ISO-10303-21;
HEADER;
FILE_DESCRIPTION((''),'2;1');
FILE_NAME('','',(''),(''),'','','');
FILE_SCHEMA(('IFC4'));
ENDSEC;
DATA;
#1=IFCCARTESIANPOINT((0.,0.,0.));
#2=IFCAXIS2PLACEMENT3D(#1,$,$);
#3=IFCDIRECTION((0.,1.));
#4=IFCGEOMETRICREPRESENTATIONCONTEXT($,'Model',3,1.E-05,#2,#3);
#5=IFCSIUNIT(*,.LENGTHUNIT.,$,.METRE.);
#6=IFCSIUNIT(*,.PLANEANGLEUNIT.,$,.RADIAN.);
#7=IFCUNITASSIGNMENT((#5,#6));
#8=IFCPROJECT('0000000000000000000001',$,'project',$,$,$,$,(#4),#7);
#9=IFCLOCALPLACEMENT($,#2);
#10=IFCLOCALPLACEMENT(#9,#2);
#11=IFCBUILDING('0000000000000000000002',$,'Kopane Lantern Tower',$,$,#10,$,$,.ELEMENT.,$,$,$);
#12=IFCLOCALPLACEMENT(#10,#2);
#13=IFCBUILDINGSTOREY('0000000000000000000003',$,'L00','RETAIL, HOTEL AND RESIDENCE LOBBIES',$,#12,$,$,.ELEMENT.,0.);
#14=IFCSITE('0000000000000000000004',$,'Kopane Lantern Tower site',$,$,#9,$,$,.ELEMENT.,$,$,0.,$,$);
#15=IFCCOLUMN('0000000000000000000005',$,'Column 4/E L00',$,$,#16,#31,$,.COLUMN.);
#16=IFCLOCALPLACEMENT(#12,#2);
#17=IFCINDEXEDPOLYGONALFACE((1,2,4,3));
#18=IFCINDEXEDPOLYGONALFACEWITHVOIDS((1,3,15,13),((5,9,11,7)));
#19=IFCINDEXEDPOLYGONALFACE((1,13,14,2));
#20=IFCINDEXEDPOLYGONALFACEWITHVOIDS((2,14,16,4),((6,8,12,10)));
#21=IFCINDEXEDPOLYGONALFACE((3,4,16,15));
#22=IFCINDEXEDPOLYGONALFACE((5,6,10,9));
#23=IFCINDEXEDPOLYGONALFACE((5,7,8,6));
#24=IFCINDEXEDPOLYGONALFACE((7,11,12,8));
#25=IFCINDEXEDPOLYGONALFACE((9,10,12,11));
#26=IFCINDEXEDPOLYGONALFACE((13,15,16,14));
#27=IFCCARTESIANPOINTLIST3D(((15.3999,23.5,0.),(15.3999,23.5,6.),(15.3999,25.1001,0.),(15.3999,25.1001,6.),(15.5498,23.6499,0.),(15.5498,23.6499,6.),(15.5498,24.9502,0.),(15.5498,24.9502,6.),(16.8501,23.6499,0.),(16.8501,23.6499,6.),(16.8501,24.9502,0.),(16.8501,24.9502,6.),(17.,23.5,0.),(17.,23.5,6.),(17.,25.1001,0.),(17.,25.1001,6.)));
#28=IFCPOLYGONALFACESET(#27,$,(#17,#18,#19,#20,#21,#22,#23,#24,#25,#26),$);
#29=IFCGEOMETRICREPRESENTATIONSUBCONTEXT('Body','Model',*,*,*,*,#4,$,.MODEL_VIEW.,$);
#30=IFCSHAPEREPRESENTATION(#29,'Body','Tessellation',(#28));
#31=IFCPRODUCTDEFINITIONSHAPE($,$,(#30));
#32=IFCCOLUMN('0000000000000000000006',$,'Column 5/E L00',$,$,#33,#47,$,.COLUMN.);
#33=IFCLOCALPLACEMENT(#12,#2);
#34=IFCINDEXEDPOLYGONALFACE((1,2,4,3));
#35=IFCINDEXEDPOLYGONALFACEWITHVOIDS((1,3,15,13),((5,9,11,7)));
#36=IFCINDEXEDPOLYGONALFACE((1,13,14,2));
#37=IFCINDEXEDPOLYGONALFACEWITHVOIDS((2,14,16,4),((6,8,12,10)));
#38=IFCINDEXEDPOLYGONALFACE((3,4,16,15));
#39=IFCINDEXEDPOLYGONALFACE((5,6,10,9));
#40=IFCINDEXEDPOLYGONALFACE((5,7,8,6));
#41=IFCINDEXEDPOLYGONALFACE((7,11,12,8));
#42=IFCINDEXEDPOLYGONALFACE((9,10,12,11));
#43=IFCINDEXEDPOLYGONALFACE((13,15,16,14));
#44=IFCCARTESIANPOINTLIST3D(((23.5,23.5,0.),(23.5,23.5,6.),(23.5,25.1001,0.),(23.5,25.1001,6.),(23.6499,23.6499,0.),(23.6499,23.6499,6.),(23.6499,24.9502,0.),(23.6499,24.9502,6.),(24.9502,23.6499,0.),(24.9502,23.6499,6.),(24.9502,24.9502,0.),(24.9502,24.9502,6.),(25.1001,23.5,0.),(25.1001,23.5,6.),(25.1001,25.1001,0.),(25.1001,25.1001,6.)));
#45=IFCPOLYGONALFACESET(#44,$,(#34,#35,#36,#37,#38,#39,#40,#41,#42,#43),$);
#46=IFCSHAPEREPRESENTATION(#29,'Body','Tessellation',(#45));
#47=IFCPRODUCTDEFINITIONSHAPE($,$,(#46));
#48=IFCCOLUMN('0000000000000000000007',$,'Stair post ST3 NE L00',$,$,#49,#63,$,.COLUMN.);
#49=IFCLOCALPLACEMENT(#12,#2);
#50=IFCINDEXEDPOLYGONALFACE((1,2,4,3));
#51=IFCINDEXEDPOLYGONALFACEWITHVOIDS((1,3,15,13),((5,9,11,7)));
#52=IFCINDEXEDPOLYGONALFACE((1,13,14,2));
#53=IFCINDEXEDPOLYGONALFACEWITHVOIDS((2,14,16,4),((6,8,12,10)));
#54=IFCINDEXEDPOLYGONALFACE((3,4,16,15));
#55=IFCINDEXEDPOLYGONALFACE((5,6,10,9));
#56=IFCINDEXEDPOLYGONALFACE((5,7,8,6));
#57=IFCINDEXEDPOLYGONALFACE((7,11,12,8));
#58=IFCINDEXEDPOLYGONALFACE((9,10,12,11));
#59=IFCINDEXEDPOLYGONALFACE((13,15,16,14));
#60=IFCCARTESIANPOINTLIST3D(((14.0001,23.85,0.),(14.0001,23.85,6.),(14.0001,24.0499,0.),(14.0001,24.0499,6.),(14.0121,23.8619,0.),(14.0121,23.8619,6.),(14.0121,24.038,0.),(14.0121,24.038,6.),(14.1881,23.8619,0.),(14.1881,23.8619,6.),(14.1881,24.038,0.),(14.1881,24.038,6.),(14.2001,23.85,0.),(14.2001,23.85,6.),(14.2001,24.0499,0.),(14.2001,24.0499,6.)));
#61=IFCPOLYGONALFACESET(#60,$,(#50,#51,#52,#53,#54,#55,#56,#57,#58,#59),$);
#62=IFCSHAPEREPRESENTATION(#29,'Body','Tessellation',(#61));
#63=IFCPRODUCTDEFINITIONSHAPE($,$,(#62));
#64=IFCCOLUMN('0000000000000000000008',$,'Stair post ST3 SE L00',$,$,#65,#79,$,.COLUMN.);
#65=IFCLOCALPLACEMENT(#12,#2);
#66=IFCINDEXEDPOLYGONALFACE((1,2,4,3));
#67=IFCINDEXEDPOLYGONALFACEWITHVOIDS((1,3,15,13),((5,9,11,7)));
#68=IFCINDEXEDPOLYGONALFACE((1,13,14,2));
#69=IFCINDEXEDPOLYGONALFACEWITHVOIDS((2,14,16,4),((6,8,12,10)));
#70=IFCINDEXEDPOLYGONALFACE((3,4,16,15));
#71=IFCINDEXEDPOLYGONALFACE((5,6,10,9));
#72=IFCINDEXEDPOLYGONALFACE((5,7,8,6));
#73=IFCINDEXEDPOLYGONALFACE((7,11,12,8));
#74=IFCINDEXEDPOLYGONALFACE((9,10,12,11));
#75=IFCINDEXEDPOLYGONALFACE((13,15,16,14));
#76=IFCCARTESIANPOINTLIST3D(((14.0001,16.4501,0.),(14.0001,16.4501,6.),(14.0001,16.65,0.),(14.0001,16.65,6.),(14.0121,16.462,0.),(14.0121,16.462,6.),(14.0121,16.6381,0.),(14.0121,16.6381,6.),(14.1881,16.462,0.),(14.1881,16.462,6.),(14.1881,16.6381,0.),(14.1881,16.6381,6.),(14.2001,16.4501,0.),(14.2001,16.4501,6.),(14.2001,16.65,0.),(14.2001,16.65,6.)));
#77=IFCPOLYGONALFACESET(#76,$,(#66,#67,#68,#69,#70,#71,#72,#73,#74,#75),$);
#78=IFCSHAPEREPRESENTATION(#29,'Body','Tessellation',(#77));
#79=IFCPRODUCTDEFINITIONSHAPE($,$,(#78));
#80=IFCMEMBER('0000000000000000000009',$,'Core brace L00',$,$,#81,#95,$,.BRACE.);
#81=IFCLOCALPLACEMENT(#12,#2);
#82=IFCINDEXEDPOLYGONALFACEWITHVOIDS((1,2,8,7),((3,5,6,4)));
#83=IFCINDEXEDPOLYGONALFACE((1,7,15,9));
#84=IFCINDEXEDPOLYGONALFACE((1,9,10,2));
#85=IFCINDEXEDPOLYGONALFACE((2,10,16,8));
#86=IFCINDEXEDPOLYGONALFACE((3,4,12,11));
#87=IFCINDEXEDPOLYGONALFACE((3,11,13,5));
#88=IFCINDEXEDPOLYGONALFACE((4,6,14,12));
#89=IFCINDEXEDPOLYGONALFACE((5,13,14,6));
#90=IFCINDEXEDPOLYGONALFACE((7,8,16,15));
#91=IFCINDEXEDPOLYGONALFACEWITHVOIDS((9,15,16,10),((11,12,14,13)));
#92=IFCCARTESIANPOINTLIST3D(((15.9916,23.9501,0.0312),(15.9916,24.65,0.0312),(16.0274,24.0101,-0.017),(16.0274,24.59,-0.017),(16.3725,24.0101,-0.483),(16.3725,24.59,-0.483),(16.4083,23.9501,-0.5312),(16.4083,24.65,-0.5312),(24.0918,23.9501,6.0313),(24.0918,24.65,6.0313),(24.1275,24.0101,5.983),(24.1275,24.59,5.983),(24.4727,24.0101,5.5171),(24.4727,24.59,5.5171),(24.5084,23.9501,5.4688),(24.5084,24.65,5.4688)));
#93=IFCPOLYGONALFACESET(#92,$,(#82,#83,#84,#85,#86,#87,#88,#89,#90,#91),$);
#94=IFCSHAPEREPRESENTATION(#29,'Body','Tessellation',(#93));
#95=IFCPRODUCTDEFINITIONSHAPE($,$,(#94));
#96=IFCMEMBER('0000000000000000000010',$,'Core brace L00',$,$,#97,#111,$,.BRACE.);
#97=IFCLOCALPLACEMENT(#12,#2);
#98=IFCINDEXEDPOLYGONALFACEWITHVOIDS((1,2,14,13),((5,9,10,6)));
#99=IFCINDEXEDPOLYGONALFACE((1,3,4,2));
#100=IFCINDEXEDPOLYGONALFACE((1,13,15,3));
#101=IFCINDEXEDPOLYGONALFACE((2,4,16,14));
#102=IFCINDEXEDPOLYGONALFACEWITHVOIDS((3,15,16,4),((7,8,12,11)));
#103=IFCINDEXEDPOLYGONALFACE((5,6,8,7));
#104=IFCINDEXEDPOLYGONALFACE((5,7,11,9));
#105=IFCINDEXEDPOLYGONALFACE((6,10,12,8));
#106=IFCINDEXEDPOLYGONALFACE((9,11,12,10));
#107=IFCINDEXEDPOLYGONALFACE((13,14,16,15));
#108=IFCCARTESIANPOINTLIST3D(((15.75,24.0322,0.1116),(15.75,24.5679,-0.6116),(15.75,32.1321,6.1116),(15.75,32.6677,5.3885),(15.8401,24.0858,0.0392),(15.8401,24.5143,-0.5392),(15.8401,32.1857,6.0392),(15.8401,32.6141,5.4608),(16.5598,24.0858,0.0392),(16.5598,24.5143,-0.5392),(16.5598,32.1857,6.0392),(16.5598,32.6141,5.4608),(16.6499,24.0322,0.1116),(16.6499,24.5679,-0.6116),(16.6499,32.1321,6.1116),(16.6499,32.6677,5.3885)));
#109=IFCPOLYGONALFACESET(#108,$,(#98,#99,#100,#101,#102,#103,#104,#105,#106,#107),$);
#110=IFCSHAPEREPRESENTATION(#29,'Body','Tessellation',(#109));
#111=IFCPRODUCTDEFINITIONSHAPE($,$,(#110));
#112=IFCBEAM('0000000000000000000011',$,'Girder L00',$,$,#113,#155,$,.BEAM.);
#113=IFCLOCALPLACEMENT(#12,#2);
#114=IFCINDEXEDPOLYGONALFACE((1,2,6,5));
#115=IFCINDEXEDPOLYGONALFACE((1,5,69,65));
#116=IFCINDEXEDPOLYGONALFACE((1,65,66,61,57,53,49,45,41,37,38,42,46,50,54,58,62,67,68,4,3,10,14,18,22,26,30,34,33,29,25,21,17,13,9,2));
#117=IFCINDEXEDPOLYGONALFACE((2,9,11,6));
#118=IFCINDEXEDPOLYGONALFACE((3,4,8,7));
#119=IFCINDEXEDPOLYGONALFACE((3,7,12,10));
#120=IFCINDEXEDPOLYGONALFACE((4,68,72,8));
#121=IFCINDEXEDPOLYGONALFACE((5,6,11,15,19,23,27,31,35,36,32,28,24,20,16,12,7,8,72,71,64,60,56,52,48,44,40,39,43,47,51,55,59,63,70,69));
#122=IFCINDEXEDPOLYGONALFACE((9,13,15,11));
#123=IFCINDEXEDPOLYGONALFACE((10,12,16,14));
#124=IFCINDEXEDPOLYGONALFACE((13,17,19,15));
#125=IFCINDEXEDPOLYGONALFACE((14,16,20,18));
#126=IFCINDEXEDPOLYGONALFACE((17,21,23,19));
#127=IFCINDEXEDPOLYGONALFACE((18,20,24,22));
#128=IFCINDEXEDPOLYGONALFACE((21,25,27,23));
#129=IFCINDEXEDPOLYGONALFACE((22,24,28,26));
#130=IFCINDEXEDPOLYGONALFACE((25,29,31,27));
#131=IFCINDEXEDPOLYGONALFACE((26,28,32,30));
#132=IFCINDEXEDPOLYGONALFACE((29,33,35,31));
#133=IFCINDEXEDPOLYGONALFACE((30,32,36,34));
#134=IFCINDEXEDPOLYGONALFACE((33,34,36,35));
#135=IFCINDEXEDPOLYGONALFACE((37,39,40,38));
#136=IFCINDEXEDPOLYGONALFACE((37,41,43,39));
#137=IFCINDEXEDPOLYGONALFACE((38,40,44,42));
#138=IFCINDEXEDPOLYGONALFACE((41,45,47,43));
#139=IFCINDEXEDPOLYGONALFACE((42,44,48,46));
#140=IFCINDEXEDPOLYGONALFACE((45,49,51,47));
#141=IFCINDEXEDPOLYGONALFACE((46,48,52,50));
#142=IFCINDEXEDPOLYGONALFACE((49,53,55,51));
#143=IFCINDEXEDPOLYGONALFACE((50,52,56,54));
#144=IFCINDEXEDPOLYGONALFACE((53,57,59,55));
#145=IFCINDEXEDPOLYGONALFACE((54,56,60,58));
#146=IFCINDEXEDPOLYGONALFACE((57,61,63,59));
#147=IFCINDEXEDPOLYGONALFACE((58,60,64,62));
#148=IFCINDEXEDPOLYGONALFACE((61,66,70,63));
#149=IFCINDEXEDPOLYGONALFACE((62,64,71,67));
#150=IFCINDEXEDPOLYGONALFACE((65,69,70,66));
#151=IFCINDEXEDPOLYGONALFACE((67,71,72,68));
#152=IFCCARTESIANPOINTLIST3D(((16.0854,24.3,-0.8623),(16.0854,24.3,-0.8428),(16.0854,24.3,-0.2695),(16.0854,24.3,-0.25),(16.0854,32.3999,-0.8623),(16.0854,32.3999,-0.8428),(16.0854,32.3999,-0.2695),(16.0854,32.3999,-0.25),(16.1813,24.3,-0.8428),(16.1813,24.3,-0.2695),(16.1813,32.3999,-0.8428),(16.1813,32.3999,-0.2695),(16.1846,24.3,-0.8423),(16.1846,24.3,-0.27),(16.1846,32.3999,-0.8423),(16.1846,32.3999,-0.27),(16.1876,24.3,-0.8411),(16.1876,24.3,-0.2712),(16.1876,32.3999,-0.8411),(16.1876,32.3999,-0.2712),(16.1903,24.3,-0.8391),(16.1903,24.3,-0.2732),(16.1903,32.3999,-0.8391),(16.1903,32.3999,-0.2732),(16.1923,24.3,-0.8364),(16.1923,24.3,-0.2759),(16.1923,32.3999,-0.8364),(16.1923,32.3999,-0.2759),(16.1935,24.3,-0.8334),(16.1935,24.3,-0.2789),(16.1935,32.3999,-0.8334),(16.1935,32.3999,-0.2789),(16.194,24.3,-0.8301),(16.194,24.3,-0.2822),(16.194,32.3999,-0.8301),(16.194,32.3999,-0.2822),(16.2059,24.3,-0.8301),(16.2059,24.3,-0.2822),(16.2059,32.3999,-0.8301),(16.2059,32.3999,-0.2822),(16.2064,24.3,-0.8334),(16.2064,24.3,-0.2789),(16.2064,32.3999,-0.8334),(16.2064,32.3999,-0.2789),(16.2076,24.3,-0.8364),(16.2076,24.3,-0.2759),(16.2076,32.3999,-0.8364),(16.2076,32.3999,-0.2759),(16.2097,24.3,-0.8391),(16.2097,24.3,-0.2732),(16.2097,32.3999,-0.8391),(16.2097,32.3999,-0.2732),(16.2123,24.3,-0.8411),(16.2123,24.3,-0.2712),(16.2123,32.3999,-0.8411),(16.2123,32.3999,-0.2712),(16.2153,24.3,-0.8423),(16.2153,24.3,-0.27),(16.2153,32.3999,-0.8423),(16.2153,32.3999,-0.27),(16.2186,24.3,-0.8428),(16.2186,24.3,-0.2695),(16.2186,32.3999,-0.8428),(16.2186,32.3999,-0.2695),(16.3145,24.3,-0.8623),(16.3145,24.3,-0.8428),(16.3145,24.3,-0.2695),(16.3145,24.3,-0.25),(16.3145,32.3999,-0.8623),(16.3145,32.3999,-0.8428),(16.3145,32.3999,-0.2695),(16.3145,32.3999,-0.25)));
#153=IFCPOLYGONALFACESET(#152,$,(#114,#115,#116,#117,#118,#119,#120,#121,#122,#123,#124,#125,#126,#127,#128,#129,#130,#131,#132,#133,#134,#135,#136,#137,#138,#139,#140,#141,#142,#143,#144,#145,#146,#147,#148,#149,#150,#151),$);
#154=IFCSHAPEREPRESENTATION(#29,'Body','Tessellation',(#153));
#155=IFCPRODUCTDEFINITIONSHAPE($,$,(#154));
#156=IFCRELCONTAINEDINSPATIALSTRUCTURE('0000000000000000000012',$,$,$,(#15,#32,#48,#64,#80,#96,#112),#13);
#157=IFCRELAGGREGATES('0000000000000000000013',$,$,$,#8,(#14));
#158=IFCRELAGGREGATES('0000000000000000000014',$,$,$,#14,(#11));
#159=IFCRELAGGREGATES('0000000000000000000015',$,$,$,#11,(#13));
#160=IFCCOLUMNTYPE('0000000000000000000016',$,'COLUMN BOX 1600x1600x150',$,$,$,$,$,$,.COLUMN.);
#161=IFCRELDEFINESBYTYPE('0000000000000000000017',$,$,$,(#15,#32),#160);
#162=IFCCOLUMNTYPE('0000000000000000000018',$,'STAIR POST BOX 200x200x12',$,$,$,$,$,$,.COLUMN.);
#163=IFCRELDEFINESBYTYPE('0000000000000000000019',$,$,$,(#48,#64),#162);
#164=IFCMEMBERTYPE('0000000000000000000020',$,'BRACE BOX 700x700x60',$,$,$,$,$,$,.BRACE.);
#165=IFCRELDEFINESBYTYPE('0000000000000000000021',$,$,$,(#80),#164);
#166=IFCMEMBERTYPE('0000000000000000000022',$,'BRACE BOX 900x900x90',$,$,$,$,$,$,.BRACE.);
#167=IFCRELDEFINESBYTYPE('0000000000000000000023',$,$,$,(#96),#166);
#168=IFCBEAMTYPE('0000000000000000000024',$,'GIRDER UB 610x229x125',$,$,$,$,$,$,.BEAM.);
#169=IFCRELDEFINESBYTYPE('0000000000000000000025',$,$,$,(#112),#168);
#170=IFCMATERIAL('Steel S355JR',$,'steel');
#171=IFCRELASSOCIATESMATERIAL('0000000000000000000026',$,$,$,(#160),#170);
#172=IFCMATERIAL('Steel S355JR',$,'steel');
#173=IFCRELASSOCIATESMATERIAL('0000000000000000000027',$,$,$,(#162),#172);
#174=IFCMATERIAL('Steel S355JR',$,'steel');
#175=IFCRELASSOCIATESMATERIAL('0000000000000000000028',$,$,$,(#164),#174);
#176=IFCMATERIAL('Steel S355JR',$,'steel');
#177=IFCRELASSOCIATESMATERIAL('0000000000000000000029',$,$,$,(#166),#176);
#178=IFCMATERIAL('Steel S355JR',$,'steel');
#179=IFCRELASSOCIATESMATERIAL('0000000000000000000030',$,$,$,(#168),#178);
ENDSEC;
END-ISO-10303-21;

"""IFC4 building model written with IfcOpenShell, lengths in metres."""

from ifc_helpers import new_model, si_unit, direction, frame, origin, origin_2d, place, context, subcontext, project, spatial, hollow_rectangle, i_section, extrude, material, material_profile, profile_set, type_object, element, save


model = new_model("IFC4")

# Units and contexts
model_context = context("Model", 3, precision=1e-05, world=origin(), true_north=direction((0.0, 1.0)))
body_context = subcontext(model_context, "Body", "Model", "MODEL_VIEW")
ifc_project = project(units=[si_unit("LENGTHUNIT", "METRE"), si_unit("PLANEANGLEUNIT", "RADIAN")], contexts=[model_context])

# Site, building, storey
site_placement = place(None, origin())
site = spatial("IfcSite", under=ifc_project, at=site_placement, Name="Kopane Lantern Tower site", CompositionType="ELEMENT", RefElevation=0.0)
building_placement = place(site_placement, origin())
building = spatial("IfcBuilding", under=site, at=building_placement, Name="Kopane Lantern Tower", CompositionType="ELEMENT")
storey_placement = place(building_placement, origin())
storey = spatial("IfcBuildingStorey", under=building, at=storey_placement, Name="L00", Description="RETAIL, HOTEL AND RESIDENCE LOBBIES", CompositionType="ELEMENT", Elevation=0.0)

# Columns
ifc_material_1 = material(Name="Steel S355JR", Category="steel")
ifc_material_profile_1 = material_profile(ifc_material_1, hollow_rectangle(XDim=1.6001, YDim=1.6001, WallThickness=0.1499, at=origin_2d()), Name="BOX 1600x1600x150")
ifc_profile_set_1 = profile_set([ifc_material_profile_1], Name="Steel S355JR")
column_type_1 = type_object("IfcColumnType", Name="COLUMN BOX 1600x1600x150", PredefinedType="COLUMN", material=ifc_profile_set_1)
for number, where, z_axis, x_axis, name in (
    (1, (16.2, 24.3, 0.0), (0.0, 0.0, 1.0), (1.0, 0.0, 0.0), "Column 4/E L00"),
    (2, (24.3, 24.3, 0.0), (0.0, 0.0, 1.0), (1.0, 0.0, 0.0), "Column 5/E L00"),
):
    element("IfcColumn", number, at=place(storey_placement, frame(where, z_axis=z_axis, x_axis=x_axis)), inside=storey, type_object=column_type_1, Name=name, PredefinedType="COLUMN", context=body_context, shape_type="SweptSolid", body=[
        extrude(hollow_rectangle(XDim=1.6001, YDim=1.6001, WallThickness=0.1499, at=origin_2d()), origin(), (0.0, 0.0, 1.0), 6.0),
    ])
ifc_material_2 = material(Name="Steel S355JR", Category="steel")
ifc_material_profile_2 = material_profile(ifc_material_2, hollow_rectangle(XDim=0.2, YDim=0.2, WallThickness=0.012, at=origin_2d()), Name="BOX 200x200x12")
ifc_profile_set_2 = profile_set([ifc_material_profile_2], Name="Steel S355JR")
column_type_2 = type_object("IfcColumnType", Name="STAIR POST BOX 200x200x12", PredefinedType="COLUMN", material=ifc_profile_set_2)
for number, where, z_axis, x_axis, name in (
    (3, (14.1001, 23.95, 0.0), (0.0, 0.0, 1.0), (1.0, 0.0, 0.0), "Stair post ST3 NE L00"),
    (4, (14.1001, 16.55, 0.0), (0.0, 0.0, 1.0), (1.0, 0.0, 0.0), "Stair post ST3 SE L00"),
):
    element("IfcColumn", number, at=place(storey_placement, frame(where, z_axis=z_axis, x_axis=x_axis)), inside=storey, type_object=column_type_2, Name=name, PredefinedType="COLUMN", context=body_context, shape_type="SweptSolid", body=[
        extrude(hollow_rectangle(XDim=0.2, YDim=0.2, WallThickness=0.012, at=origin_2d()), origin(), (0.0, 0.0, 1.0), 6.0),
    ])

# Members
ifc_material_3 = material(Name="Steel S355JR", Category="steel")
ifc_material_profile_3 = material_profile(ifc_material_3, hollow_rectangle(XDim=0.7, YDim=0.7, WallThickness=0.0601, at=origin_2d()), Name="BOX 700x700x60")
ifc_profile_set_3 = profile_set([ifc_material_profile_3], Name="Steel S355JR")
member_type_1 = type_object("IfcMemberType", Name="BRACE BOX 700x700x60", PredefinedType="BRACE", material=ifc_profile_set_3)
member_1_placement = place(storey_placement, frame((16.2, 24.3, -0.25), z_axis=(0.803561, 0.0, 0.595223), x_axis=(0.0, 1.0, 0.0)))
element("IfcMember", 5, at=member_1_placement, inside=storey, type_object=member_type_1, Name="Core brace L00", PredefinedType="BRACE", context=body_context, shape_type="SweptSolid", body=[
    extrude(hollow_rectangle(XDim=0.7, YDim=0.7, WallThickness=0.0601, at=origin_2d()), origin(), (0.0, 0.0, 1.0), 10.0803),
])
ifc_material_4 = material(Name="Steel S355JR", Category="steel")
ifc_material_profile_4 = material_profile(ifc_material_4, hollow_rectangle(XDim=0.8999, YDim=0.8999, WallThickness=0.0901, at=origin_2d()), Name="BOX 900x900x90")
ifc_profile_set_4 = profile_set([ifc_material_profile_4], Name="Steel S355JR")
member_type_2 = type_object("IfcMemberType", Name="BRACE BOX 900x900x90", PredefinedType="BRACE", material=ifc_profile_set_4)
member_2_placement = place(storey_placement, frame((16.2, 24.3, -0.25), z_axis=(0.0, 0.803552, 0.595235), x_axis=(-1.0, 0.0, 0.0)))
element("IfcMember", 6, at=member_2_placement, inside=storey, type_object=member_type_2, Name="Core brace L00", PredefinedType="BRACE", context=body_context, shape_type="SweptSolid", body=[
    extrude(hollow_rectangle(XDim=0.8999, YDim=0.8999, WallThickness=0.0901, at=origin_2d()), origin(), (0.0, 0.0, 1.0), 10.0801),
])

# Beam
ifc_material_5 = material(Name="Steel S355JR", Category="steel")
ifc_material_profile_5 = material_profile(ifc_material_5, i_section(OverallWidth=0.229, OverallDepth=0.6123, WebThickness=0.012, FlangeThickness=0.0195, FilletRadius=0.0127, at=origin_2d()), Name="UB 610x229x125")
ifc_profile_set_5 = profile_set([ifc_material_profile_5], Name="Steel S355JR")
beam_type_1 = type_object("IfcBeamType", Name="GIRDER UB 610x229x125", PredefinedType="BEAM", material=ifc_profile_set_5)
beam_1_placement = place(storey_placement, frame((16.2, 24.3, -0.5562), z_axis=(0.0, 1.0, 0.0), x_axis=(-1.0, 0.0, 0.0)))
element("IfcBeam", 7, at=beam_1_placement, inside=storey, type_object=beam_type_1, Name="Girder L00", PredefinedType="BEAM", context=body_context, shape_type="SweptSolid", body=[
    extrude(i_section(OverallWidth=0.229, OverallDepth=0.6123, WebThickness=0.012, FlangeThickness=0.0195, FilletRadius=0.0127, at=origin_2d()), origin(), (0.0, 0.0, 1.0), 8.0999),
])

save(model, "model.ifc")
